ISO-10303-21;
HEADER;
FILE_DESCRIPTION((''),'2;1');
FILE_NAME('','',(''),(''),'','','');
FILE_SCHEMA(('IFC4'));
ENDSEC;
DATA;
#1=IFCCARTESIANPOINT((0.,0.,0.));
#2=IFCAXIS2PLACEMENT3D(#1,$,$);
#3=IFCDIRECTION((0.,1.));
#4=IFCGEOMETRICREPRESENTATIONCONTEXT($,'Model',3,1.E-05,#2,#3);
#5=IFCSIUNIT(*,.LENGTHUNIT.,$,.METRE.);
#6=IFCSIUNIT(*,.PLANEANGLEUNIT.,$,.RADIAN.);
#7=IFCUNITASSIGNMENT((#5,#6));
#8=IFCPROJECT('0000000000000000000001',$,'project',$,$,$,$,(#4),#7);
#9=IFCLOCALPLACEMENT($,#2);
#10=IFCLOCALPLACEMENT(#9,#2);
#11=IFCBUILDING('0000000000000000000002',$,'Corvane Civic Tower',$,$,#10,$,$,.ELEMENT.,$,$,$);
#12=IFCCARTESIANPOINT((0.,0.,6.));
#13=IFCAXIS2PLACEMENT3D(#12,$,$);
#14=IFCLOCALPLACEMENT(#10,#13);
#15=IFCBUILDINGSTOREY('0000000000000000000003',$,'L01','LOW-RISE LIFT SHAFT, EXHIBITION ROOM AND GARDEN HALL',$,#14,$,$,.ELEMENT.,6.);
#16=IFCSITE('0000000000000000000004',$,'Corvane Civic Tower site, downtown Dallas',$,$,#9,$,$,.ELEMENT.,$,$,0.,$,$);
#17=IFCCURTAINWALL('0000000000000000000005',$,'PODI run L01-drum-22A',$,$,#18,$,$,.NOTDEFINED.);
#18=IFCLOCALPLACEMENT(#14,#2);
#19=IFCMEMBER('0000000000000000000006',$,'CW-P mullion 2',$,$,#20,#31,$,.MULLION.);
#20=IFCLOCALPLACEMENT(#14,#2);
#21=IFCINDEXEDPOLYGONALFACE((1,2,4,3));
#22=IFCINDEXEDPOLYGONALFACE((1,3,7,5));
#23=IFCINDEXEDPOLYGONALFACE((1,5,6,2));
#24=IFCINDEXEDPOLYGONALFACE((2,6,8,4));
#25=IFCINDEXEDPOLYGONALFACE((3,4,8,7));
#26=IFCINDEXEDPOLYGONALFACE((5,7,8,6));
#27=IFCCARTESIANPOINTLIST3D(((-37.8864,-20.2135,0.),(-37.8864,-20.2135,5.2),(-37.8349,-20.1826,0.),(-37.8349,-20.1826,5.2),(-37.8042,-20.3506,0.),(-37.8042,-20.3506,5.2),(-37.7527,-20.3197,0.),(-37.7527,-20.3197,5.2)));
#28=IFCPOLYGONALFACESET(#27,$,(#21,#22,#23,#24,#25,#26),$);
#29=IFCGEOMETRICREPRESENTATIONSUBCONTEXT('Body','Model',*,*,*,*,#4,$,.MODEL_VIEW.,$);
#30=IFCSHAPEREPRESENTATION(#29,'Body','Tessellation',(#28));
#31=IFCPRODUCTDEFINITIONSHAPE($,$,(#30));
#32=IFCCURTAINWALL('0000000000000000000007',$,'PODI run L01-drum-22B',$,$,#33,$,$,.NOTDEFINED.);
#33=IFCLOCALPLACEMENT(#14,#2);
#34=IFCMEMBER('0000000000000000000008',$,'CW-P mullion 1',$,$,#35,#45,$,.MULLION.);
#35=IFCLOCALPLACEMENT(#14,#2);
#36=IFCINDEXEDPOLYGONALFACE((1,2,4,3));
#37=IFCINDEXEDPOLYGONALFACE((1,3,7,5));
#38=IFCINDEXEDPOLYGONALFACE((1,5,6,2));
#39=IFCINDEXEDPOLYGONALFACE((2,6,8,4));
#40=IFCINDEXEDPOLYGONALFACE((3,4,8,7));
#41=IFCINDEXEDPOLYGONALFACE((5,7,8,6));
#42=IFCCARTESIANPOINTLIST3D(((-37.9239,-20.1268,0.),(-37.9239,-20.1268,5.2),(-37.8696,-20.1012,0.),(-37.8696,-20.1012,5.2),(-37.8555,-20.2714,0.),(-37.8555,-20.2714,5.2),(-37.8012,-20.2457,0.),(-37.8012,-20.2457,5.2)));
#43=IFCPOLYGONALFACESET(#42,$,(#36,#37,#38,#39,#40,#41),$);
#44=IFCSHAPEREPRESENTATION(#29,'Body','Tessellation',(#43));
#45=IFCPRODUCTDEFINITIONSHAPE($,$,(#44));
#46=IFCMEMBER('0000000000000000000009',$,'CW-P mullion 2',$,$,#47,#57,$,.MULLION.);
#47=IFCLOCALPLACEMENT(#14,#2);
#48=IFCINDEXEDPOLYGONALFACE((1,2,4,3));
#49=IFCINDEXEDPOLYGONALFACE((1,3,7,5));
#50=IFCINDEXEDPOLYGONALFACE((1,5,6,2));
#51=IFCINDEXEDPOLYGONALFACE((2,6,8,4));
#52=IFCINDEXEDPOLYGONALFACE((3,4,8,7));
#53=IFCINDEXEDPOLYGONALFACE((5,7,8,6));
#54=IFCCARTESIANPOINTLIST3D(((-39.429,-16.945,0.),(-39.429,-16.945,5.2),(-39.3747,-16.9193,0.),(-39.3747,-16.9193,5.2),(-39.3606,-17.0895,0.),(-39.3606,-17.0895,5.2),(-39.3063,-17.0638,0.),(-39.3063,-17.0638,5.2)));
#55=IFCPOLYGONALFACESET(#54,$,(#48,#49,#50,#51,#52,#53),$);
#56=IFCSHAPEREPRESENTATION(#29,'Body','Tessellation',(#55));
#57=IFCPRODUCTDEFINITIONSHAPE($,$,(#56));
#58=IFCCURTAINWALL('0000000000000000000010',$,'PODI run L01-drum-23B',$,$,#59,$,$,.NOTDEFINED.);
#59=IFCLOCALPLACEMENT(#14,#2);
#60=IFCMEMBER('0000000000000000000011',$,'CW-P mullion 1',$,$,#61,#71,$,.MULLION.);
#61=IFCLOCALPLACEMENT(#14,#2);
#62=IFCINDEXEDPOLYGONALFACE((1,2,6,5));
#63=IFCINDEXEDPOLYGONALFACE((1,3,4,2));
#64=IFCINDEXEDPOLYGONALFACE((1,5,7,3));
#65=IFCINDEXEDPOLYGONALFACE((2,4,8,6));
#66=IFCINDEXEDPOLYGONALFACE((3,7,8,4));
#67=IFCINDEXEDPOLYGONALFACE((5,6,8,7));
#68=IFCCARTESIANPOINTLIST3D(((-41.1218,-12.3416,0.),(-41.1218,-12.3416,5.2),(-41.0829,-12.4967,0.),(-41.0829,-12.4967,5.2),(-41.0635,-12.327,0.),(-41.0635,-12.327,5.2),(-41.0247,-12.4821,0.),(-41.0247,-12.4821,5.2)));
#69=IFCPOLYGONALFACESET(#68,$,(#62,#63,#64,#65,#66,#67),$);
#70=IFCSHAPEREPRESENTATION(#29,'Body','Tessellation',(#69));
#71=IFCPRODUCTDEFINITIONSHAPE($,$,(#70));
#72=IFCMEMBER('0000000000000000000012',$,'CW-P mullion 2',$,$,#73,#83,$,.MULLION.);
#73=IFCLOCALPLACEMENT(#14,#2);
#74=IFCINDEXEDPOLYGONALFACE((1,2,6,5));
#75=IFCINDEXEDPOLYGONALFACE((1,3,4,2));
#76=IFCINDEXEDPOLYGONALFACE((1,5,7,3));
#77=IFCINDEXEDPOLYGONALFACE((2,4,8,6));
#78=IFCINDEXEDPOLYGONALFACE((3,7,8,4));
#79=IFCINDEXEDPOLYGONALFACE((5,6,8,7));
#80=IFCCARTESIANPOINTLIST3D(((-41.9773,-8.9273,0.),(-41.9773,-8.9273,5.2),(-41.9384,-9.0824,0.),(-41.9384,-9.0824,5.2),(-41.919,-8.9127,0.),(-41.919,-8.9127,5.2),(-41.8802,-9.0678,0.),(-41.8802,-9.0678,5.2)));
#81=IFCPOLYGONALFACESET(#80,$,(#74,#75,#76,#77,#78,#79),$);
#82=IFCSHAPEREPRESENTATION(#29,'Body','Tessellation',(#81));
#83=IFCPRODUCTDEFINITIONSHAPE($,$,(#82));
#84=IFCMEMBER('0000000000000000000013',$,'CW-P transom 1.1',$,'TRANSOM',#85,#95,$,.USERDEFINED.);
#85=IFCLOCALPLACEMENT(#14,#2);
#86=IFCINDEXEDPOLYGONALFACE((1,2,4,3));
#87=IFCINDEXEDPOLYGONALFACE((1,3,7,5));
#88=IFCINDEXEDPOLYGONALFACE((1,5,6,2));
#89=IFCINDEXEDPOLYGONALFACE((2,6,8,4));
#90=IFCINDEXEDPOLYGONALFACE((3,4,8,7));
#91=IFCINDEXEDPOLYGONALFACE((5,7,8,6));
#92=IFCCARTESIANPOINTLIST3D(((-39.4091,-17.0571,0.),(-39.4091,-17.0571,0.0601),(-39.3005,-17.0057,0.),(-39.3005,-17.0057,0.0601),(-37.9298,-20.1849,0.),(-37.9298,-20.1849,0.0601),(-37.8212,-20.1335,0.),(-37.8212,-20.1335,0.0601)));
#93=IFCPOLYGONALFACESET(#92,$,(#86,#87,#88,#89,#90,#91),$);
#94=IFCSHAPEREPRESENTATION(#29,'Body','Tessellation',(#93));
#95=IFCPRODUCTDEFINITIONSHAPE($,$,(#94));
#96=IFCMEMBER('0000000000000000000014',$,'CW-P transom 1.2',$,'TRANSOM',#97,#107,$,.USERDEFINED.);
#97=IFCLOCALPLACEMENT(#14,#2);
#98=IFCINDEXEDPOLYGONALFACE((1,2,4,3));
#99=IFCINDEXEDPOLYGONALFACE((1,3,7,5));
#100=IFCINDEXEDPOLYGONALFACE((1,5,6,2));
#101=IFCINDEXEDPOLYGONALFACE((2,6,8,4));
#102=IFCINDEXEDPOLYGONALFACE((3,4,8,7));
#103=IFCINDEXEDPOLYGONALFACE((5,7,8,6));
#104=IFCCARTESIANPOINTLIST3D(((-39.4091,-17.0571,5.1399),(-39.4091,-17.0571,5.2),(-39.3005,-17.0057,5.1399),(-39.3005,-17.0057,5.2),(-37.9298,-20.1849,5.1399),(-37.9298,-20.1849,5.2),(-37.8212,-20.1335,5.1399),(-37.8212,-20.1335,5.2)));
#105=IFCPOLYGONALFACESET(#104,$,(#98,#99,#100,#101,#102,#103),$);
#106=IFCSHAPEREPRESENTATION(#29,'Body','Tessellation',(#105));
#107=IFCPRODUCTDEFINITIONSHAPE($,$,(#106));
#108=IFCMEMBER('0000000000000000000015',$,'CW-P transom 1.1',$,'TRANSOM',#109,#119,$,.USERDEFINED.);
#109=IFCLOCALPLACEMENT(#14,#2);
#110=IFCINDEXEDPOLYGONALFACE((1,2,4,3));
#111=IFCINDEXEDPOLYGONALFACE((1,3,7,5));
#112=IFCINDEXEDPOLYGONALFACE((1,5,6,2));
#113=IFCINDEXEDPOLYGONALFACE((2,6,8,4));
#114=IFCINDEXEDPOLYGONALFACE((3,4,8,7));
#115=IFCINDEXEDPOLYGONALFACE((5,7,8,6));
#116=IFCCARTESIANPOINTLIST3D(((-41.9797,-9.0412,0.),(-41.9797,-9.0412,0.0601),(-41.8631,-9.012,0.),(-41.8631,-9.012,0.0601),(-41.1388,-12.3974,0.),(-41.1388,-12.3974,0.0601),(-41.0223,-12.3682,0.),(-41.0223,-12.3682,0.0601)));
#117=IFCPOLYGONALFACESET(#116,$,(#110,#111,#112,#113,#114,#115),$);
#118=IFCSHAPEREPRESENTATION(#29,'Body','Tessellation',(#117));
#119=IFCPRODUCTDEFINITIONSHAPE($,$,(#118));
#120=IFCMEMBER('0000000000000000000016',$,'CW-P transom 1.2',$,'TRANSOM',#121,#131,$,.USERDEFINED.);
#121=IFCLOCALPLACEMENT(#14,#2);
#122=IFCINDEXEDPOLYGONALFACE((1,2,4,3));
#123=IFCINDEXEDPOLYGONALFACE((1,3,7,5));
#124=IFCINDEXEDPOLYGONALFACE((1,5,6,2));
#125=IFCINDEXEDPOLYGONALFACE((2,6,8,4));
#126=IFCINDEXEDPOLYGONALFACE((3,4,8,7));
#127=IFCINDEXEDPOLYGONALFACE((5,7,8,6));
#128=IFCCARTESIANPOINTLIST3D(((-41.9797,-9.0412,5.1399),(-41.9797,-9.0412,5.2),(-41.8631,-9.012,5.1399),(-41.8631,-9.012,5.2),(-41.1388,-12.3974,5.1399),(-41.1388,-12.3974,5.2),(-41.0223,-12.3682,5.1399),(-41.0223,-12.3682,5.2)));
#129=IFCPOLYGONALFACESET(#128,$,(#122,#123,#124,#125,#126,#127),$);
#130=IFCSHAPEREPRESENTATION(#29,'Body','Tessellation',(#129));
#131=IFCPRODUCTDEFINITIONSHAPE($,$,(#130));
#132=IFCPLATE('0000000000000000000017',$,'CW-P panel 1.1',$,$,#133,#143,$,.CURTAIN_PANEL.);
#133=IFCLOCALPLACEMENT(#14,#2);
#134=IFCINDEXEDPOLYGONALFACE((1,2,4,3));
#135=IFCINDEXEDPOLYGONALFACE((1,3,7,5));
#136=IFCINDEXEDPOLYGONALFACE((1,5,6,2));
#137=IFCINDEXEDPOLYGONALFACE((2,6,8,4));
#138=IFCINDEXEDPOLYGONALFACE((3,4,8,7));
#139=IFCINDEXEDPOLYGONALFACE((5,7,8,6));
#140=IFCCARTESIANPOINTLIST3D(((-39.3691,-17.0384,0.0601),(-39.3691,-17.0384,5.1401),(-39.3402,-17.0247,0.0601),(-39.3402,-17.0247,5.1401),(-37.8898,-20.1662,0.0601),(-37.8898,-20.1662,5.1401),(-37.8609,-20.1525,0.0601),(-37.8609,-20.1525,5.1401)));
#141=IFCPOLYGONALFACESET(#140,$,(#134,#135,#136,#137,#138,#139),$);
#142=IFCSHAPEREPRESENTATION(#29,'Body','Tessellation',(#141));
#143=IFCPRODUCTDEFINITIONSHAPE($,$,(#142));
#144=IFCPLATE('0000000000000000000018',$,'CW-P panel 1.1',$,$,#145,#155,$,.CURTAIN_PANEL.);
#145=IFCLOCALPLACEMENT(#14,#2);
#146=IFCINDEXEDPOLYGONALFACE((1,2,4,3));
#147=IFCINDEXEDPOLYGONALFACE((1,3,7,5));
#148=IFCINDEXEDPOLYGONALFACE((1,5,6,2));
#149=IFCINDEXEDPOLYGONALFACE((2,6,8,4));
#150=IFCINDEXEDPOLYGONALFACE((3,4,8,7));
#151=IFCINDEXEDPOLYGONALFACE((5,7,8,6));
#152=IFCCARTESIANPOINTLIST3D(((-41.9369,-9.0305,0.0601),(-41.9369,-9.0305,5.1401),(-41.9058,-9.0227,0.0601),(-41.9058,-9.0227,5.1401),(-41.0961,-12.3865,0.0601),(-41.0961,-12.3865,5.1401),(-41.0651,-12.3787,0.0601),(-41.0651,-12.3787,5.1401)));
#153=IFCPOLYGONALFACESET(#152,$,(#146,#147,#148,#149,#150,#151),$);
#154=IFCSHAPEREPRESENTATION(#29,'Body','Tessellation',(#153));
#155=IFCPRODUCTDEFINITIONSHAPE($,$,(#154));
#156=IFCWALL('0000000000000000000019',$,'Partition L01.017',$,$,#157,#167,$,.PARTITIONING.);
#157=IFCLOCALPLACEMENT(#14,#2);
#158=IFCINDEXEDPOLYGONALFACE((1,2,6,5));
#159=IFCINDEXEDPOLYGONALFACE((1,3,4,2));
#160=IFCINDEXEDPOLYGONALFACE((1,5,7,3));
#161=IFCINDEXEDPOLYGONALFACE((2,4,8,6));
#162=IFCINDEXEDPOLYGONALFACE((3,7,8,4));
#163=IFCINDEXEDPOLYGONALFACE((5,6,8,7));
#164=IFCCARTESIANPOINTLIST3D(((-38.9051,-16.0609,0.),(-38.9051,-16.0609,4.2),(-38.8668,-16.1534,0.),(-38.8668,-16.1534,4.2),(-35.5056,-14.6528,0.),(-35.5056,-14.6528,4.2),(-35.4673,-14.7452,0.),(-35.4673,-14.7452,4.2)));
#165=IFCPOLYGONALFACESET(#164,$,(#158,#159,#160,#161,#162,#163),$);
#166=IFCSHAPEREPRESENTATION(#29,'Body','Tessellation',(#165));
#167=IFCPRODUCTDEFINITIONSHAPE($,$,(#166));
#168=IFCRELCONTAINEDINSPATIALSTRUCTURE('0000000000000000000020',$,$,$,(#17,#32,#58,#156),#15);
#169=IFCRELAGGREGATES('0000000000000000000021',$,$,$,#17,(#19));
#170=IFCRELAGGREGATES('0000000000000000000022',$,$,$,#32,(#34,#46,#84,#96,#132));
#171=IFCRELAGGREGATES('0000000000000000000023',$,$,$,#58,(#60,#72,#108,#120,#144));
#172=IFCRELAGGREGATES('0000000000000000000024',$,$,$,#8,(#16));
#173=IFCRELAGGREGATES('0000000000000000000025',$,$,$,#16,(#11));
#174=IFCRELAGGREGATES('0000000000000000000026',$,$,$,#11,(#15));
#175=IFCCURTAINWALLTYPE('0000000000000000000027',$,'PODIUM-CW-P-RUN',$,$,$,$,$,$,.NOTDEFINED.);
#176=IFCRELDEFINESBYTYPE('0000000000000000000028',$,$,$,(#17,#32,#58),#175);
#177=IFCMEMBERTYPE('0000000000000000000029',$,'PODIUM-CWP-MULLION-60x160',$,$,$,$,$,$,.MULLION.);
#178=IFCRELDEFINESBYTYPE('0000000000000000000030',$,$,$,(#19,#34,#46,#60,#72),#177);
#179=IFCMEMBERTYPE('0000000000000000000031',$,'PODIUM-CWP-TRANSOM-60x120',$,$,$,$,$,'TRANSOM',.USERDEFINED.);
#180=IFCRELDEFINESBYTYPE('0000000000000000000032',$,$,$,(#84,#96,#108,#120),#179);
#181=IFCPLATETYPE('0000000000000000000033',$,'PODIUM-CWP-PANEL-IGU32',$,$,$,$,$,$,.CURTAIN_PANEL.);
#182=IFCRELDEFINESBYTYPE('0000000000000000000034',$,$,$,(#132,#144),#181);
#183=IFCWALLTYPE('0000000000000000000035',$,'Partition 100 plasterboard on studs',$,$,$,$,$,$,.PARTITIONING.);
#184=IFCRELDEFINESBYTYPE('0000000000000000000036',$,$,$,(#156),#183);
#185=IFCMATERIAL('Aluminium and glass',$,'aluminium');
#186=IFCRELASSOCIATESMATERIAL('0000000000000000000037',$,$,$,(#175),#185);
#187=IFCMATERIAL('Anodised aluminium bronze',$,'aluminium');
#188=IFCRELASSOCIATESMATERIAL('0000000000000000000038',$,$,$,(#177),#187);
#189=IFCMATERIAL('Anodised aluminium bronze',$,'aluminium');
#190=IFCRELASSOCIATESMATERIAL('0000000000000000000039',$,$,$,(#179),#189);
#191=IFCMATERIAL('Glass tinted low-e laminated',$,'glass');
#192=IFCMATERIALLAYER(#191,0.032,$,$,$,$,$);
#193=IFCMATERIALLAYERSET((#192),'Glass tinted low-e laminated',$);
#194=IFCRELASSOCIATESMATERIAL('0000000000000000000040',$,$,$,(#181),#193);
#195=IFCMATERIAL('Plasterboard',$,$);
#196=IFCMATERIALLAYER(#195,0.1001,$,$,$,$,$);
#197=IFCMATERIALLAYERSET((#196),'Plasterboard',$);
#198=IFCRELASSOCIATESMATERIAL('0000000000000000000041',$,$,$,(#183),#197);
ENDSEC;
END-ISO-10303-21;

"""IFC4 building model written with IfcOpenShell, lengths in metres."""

from ifc_helpers import new_model, si_unit, direction, frame, frame_2d, origin, origin_2d, place, context, subcontext, project, spatial, rectangle, extrude, material, layer, layer_set, material_profile, profile_set, type_object, element, aggregate, save


model = new_model("IFC4")

# Units and contexts
model_context = context("Model", 3, precision=1e-05, world=origin(), true_north=direction((0.0, 1.0)))
body_context = subcontext(model_context, "Body", "Model", "MODEL_VIEW")
ifc_project = project(units=[si_unit("LENGTHUNIT", "METRE"), si_unit("PLANEANGLEUNIT", "RADIAN")], contexts=[model_context])

# Site, building, storey
site_placement = place(None, origin())
site = spatial("IfcSite", under=ifc_project, at=site_placement, Name="Corvane Civic Tower site, downtown Dallas", CompositionType="ELEMENT", RefElevation=0.0)
building_placement = place(site_placement, origin())
building = spatial("IfcBuilding", under=site, at=building_placement, Name="Corvane Civic Tower", CompositionType="ELEMENT")
storey_placement = place(building_placement, frame((0.0, 0.0, 6.0)))
storey = spatial("IfcBuildingStorey", under=building, at=storey_placement, Name="L01", Description="LOW-RISE LIFT SHAFT, EXHIBITION ROOM AND GARDEN HALL", CompositionType="ELEMENT", Elevation=6.0)

# Curtain wall, member
ifc_material_1 = material(Name="Aluminium and glass", Category="aluminium")
curtain_wall_type = type_object("IfcCurtainWallType", Name="PODIUM-CW-P-RUN", PredefinedType="NOTDEFINED", material=ifc_material_1)
curtain_wall_1_placement = place(storey_placement, origin())
curtain_wall_1 = element("IfcCurtainWall", 1, at=curtain_wall_1_placement, inside=storey, type_object=curtain_wall_type, Name="PODI run L01-drum-22A", PredefinedType="NOTDEFINED")
ifc_material_2 = material(Name="Anodised aluminium bronze", Category="aluminium")
ifc_material_profile_1 = material_profile(ifc_material_2, rectangle(XDim=0.0601, YDim=0.1599, at=origin_2d()), Name="AL 60x160")
ifc_profile_set_1 = profile_set([ifc_material_profile_1], Name="Anodised aluminium bronze")
member_type_1 = type_object("IfcMemberType", Name="PODIUM-CWP-MULLION-60x160", PredefinedType="MULLION", material=ifc_profile_set_1)
member_1_placement = place(storey_placement, frame((-37.8196, -20.2666, 0.0), z_axis=(0.0, 0.0, 1.0), x_axis=(-0.85772, -0.514118, 0.0)))
member_1 = element("IfcMember", 2, at=member_1_placement, type_object=member_type_1, Name="CW-P mullion 2", PredefinedType="MULLION", context=body_context, shape_type="SweptSolid", body=[
    extrude(rectangle(XDim=0.0601, YDim=0.1599, at=origin_2d()), origin(), (0.0, 0.0, 1.0), 5.2),
])
aggregate(curtain_wall_1, [member_1])

# Curtain walls, members
curtain_wall_2_placement = place(storey_placement, origin())
curtain_wall_2 = element("IfcCurtainWall", 3, at=curtain_wall_2_placement, inside=storey, type_object=curtain_wall_type, Name="PODI run L01-drum-22B", PredefinedType="NOTDEFINED")
member_2_placement = place(storey_placement, frame((-37.8625, -20.1863, 0.0), z_axis=(0.0, 0.0, 1.0), x_axis=(-0.90399, -0.427553, 0.0)))
member_2 = element("IfcMember", 4, at=member_2_placement, type_object=member_type_1, Name="CW-P mullion 1", PredefinedType="MULLION", context=body_context, shape_type="SweptSolid", body=[
    extrude(rectangle(XDim=0.0601, YDim=0.1599, at=origin_2d()), origin(), (0.0, 0.0, 1.0), 5.2),
])
member_3_placement = place(storey_placement, frame((-39.3677, -17.0044, 0.0), z_axis=(0.0, 0.0, 1.0), x_axis=(-0.90399, -0.427553, 0.0)))
member_3 = element("IfcMember", 5, at=member_3_placement, type_object=member_type_1, Name="CW-P mullion 2", PredefinedType="MULLION", context=body_context, shape_type="SweptSolid", body=[
    extrude(rectangle(XDim=0.0601, YDim=0.1599, at=origin_2d()), origin(), (0.0, 0.0, 1.0), 5.2),
])
curtain_wall_3_placement = place(storey_placement, origin())
curtain_wall_3 = element("IfcCurtainWall", 6, at=curtain_wall_3_placement, inside=storey, type_object=curtain_wall_type, Name="PODI run L01-drum-23B", PredefinedType="NOTDEFINED")
member_4_placement = place(storey_placement, frame((-41.0732, -12.4119, 0.0), z_axis=(0.0, 0.0, 1.0), x_axis=(-0.970024, -0.243009, 0.0)))
member_4 = element("IfcMember", 7, at=member_4_placement, type_object=member_type_1, Name="CW-P mullion 1", PredefinedType="MULLION", context=body_context, shape_type="SweptSolid", body=[
    extrude(rectangle(XDim=0.0601, YDim=0.1599, at=origin_2d()), origin(), (0.0, 0.0, 1.0), 5.2),
])
member_5_placement = place(storey_placement, frame((-41.9287, -8.9976, 0.0), z_axis=(0.0, 0.0, 1.0), x_axis=(-0.970024, -0.243009, 0.0)))
member_5 = element("IfcMember", 8, at=member_5_placement, type_object=member_type_1, Name="CW-P mullion 2", PredefinedType="MULLION", context=body_context, shape_type="SweptSolid", body=[
    extrude(rectangle(XDim=0.0601, YDim=0.1599, at=origin_2d()), origin(), (0.0, 0.0, 1.0), 5.2),
])

# Members
ifc_material_3 = material(Name="Anodised aluminium bronze", Category="aluminium")
ifc_material_profile_2 = material_profile(ifc_material_3, rectangle(XDim=0.1201, YDim=0.0601, at=origin_2d()), Name="AL 120x60")
ifc_profile_set_2 = profile_set([ifc_material_profile_2], Name="Anodised aluminium bronze")
member_type_2 = type_object("IfcMemberType", Name="PODIUM-CWP-TRANSOM-60x120", ElementType="TRANSOM", PredefinedType="USERDEFINED", material=ifc_profile_set_2)
member_6_placement = place(storey_placement, frame((-37.8755, -20.1592, 0.03), z_axis=(-0.427546, 0.903993, 0.0), x_axis=(-0.903993, -0.427546, 0.0)))
member_6 = element("IfcMember", 9, at=member_6_placement, type_object=member_type_2, Name="CW-P transom 1.1", ObjectType="TRANSOM", PredefinedType="USERDEFINED", context=body_context, shape_type="SweptSolid", body=[
    extrude(rectangle(XDim=0.1201, YDim=0.0601, at=origin_2d()), origin(), (0.0, 0.0, 1.0), 3.46),
])
member_7_placement = place(storey_placement, frame((-37.8755, -20.1592, 5.1699), z_axis=(-0.427546, 0.903993, 0.0), x_axis=(-0.903993, -0.427546, 0.0)))
member_7 = element("IfcMember", 10, at=member_7_placement, type_object=member_type_2, Name="CW-P transom 1.2", ObjectType="TRANSOM", PredefinedType="USERDEFINED", context=body_context, shape_type="SweptSolid", body=[
    extrude(rectangle(XDim=0.1201, YDim=0.0601, at=origin_2d()), origin(), (0.0, 0.0, 1.0), 3.46),
])
member_8_placement = place(storey_placement, frame((-41.0806, -12.3828, 0.03), z_axis=(-0.243017, 0.970022, 0.0), x_axis=(-0.970022, -0.243017, 0.0)))
member_8 = element("IfcMember", 11, at=member_8_placement, type_object=member_type_2, Name="CW-P transom 1.1", ObjectType="TRANSOM", PredefinedType="USERDEFINED", context=body_context, shape_type="SweptSolid", body=[
    extrude(rectangle(XDim=0.1201, YDim=0.0601, at=origin_2d()), origin(), (0.0, 0.0, 1.0), 3.46),
])
member_9_placement = place(storey_placement, frame((-41.0806, -12.3828, 5.1699), z_axis=(-0.243017, 0.970022, 0.0), x_axis=(-0.970022, -0.243017, 0.0)))
member_9 = element("IfcMember", 12, at=member_9_placement, type_object=member_type_2, Name="CW-P transom 1.2", ObjectType="TRANSOM", PredefinedType="USERDEFINED", context=body_context, shape_type="SweptSolid", body=[
    extrude(rectangle(XDim=0.1201, YDim=0.0601, at=origin_2d()), origin(), (0.0, 0.0, 1.0), 3.46),
])

# Plates
ifc_material_4 = material(Name="Glass tinted low-e laminated", Category="glass")
ifc_layer_1 = layer(ifc_material_4, 0.032)
ifc_layer_set_1 = layer_set([ifc_layer_1], Name="Glass tinted low-e laminated")
plate_type = type_object("IfcPlateType", Name="PODIUM-CWP-PANEL-IGU32", PredefinedType="CURTAIN_PANEL", material=ifc_layer_set_1)
plate_1_placement = place(storey_placement, frame((-38.615, -18.5955, 0.0601), z_axis=(0.0, 0.0, 1.0), x_axis=(-0.427553, 0.90399, 0.0)))
plate_1 = element("IfcPlate", 13, at=plate_1_placement, type_object=plate_type, Name="CW-P panel 1.1", PredefinedType="CURTAIN_PANEL", context=body_context, shape_type="SweptSolid", body=[
    extrude(rectangle(XDim=3.46, YDim=0.032, at=origin_2d()), origin(), (0.0, 0.0, 1.0), 5.0801),
])
aggregate(curtain_wall_2, [member_2, member_3, member_6, member_7, plate_1])
plate_2_placement = place(storey_placement, frame((-41.501, -10.7046, 0.0601), z_axis=(0.0, 0.0, 1.0), x_axis=(-0.243009, 0.970024, 0.0)))
plate_2 = element("IfcPlate", 14, at=plate_2_placement, type_object=plate_type, Name="CW-P panel 1.1", PredefinedType="CURTAIN_PANEL", context=body_context, shape_type="SweptSolid", body=[
    extrude(rectangle(XDim=3.4597, YDim=0.032, at=origin_2d()), origin(), (0.0, 0.0, 1.0), 5.0801),
])
aggregate(curtain_wall_3, [member_4, member_5, member_8, member_9, plate_2])

# Wall
ifc_material_5 = material(Name="Plasterboard")
ifc_layer_2 = layer(ifc_material_5, 0.1001)
ifc_layer_set_2 = layer_set([ifc_layer_2], Name="Plasterboard")
wall_type_1 = type_object("IfcWallType", Name="Partition 100 plasterboard on studs", PredefinedType="PARTITIONING", material=ifc_layer_set_2)
wall_1_placement = place(storey_placement, frame((-38.886, -16.1072, 0.0), z_axis=(0.0, 0.0, 1.0), x_axis=(0.923878, 0.382688, 0.0)))
element("IfcWall", 15, at=wall_1_placement, inside=storey, type_object=wall_type_1, Name="Partition L01.017", PredefinedType="PARTITIONING", context=body_context, shape_type="SweptSolid", body=[
    extrude(rectangle(XDim=3.6797, YDim=0.1001, at=frame_2d((1.8398, 0.0))), origin(), (0.0, 0.0, 1.0), 4.2),
])

save(model, "model.ifc")
